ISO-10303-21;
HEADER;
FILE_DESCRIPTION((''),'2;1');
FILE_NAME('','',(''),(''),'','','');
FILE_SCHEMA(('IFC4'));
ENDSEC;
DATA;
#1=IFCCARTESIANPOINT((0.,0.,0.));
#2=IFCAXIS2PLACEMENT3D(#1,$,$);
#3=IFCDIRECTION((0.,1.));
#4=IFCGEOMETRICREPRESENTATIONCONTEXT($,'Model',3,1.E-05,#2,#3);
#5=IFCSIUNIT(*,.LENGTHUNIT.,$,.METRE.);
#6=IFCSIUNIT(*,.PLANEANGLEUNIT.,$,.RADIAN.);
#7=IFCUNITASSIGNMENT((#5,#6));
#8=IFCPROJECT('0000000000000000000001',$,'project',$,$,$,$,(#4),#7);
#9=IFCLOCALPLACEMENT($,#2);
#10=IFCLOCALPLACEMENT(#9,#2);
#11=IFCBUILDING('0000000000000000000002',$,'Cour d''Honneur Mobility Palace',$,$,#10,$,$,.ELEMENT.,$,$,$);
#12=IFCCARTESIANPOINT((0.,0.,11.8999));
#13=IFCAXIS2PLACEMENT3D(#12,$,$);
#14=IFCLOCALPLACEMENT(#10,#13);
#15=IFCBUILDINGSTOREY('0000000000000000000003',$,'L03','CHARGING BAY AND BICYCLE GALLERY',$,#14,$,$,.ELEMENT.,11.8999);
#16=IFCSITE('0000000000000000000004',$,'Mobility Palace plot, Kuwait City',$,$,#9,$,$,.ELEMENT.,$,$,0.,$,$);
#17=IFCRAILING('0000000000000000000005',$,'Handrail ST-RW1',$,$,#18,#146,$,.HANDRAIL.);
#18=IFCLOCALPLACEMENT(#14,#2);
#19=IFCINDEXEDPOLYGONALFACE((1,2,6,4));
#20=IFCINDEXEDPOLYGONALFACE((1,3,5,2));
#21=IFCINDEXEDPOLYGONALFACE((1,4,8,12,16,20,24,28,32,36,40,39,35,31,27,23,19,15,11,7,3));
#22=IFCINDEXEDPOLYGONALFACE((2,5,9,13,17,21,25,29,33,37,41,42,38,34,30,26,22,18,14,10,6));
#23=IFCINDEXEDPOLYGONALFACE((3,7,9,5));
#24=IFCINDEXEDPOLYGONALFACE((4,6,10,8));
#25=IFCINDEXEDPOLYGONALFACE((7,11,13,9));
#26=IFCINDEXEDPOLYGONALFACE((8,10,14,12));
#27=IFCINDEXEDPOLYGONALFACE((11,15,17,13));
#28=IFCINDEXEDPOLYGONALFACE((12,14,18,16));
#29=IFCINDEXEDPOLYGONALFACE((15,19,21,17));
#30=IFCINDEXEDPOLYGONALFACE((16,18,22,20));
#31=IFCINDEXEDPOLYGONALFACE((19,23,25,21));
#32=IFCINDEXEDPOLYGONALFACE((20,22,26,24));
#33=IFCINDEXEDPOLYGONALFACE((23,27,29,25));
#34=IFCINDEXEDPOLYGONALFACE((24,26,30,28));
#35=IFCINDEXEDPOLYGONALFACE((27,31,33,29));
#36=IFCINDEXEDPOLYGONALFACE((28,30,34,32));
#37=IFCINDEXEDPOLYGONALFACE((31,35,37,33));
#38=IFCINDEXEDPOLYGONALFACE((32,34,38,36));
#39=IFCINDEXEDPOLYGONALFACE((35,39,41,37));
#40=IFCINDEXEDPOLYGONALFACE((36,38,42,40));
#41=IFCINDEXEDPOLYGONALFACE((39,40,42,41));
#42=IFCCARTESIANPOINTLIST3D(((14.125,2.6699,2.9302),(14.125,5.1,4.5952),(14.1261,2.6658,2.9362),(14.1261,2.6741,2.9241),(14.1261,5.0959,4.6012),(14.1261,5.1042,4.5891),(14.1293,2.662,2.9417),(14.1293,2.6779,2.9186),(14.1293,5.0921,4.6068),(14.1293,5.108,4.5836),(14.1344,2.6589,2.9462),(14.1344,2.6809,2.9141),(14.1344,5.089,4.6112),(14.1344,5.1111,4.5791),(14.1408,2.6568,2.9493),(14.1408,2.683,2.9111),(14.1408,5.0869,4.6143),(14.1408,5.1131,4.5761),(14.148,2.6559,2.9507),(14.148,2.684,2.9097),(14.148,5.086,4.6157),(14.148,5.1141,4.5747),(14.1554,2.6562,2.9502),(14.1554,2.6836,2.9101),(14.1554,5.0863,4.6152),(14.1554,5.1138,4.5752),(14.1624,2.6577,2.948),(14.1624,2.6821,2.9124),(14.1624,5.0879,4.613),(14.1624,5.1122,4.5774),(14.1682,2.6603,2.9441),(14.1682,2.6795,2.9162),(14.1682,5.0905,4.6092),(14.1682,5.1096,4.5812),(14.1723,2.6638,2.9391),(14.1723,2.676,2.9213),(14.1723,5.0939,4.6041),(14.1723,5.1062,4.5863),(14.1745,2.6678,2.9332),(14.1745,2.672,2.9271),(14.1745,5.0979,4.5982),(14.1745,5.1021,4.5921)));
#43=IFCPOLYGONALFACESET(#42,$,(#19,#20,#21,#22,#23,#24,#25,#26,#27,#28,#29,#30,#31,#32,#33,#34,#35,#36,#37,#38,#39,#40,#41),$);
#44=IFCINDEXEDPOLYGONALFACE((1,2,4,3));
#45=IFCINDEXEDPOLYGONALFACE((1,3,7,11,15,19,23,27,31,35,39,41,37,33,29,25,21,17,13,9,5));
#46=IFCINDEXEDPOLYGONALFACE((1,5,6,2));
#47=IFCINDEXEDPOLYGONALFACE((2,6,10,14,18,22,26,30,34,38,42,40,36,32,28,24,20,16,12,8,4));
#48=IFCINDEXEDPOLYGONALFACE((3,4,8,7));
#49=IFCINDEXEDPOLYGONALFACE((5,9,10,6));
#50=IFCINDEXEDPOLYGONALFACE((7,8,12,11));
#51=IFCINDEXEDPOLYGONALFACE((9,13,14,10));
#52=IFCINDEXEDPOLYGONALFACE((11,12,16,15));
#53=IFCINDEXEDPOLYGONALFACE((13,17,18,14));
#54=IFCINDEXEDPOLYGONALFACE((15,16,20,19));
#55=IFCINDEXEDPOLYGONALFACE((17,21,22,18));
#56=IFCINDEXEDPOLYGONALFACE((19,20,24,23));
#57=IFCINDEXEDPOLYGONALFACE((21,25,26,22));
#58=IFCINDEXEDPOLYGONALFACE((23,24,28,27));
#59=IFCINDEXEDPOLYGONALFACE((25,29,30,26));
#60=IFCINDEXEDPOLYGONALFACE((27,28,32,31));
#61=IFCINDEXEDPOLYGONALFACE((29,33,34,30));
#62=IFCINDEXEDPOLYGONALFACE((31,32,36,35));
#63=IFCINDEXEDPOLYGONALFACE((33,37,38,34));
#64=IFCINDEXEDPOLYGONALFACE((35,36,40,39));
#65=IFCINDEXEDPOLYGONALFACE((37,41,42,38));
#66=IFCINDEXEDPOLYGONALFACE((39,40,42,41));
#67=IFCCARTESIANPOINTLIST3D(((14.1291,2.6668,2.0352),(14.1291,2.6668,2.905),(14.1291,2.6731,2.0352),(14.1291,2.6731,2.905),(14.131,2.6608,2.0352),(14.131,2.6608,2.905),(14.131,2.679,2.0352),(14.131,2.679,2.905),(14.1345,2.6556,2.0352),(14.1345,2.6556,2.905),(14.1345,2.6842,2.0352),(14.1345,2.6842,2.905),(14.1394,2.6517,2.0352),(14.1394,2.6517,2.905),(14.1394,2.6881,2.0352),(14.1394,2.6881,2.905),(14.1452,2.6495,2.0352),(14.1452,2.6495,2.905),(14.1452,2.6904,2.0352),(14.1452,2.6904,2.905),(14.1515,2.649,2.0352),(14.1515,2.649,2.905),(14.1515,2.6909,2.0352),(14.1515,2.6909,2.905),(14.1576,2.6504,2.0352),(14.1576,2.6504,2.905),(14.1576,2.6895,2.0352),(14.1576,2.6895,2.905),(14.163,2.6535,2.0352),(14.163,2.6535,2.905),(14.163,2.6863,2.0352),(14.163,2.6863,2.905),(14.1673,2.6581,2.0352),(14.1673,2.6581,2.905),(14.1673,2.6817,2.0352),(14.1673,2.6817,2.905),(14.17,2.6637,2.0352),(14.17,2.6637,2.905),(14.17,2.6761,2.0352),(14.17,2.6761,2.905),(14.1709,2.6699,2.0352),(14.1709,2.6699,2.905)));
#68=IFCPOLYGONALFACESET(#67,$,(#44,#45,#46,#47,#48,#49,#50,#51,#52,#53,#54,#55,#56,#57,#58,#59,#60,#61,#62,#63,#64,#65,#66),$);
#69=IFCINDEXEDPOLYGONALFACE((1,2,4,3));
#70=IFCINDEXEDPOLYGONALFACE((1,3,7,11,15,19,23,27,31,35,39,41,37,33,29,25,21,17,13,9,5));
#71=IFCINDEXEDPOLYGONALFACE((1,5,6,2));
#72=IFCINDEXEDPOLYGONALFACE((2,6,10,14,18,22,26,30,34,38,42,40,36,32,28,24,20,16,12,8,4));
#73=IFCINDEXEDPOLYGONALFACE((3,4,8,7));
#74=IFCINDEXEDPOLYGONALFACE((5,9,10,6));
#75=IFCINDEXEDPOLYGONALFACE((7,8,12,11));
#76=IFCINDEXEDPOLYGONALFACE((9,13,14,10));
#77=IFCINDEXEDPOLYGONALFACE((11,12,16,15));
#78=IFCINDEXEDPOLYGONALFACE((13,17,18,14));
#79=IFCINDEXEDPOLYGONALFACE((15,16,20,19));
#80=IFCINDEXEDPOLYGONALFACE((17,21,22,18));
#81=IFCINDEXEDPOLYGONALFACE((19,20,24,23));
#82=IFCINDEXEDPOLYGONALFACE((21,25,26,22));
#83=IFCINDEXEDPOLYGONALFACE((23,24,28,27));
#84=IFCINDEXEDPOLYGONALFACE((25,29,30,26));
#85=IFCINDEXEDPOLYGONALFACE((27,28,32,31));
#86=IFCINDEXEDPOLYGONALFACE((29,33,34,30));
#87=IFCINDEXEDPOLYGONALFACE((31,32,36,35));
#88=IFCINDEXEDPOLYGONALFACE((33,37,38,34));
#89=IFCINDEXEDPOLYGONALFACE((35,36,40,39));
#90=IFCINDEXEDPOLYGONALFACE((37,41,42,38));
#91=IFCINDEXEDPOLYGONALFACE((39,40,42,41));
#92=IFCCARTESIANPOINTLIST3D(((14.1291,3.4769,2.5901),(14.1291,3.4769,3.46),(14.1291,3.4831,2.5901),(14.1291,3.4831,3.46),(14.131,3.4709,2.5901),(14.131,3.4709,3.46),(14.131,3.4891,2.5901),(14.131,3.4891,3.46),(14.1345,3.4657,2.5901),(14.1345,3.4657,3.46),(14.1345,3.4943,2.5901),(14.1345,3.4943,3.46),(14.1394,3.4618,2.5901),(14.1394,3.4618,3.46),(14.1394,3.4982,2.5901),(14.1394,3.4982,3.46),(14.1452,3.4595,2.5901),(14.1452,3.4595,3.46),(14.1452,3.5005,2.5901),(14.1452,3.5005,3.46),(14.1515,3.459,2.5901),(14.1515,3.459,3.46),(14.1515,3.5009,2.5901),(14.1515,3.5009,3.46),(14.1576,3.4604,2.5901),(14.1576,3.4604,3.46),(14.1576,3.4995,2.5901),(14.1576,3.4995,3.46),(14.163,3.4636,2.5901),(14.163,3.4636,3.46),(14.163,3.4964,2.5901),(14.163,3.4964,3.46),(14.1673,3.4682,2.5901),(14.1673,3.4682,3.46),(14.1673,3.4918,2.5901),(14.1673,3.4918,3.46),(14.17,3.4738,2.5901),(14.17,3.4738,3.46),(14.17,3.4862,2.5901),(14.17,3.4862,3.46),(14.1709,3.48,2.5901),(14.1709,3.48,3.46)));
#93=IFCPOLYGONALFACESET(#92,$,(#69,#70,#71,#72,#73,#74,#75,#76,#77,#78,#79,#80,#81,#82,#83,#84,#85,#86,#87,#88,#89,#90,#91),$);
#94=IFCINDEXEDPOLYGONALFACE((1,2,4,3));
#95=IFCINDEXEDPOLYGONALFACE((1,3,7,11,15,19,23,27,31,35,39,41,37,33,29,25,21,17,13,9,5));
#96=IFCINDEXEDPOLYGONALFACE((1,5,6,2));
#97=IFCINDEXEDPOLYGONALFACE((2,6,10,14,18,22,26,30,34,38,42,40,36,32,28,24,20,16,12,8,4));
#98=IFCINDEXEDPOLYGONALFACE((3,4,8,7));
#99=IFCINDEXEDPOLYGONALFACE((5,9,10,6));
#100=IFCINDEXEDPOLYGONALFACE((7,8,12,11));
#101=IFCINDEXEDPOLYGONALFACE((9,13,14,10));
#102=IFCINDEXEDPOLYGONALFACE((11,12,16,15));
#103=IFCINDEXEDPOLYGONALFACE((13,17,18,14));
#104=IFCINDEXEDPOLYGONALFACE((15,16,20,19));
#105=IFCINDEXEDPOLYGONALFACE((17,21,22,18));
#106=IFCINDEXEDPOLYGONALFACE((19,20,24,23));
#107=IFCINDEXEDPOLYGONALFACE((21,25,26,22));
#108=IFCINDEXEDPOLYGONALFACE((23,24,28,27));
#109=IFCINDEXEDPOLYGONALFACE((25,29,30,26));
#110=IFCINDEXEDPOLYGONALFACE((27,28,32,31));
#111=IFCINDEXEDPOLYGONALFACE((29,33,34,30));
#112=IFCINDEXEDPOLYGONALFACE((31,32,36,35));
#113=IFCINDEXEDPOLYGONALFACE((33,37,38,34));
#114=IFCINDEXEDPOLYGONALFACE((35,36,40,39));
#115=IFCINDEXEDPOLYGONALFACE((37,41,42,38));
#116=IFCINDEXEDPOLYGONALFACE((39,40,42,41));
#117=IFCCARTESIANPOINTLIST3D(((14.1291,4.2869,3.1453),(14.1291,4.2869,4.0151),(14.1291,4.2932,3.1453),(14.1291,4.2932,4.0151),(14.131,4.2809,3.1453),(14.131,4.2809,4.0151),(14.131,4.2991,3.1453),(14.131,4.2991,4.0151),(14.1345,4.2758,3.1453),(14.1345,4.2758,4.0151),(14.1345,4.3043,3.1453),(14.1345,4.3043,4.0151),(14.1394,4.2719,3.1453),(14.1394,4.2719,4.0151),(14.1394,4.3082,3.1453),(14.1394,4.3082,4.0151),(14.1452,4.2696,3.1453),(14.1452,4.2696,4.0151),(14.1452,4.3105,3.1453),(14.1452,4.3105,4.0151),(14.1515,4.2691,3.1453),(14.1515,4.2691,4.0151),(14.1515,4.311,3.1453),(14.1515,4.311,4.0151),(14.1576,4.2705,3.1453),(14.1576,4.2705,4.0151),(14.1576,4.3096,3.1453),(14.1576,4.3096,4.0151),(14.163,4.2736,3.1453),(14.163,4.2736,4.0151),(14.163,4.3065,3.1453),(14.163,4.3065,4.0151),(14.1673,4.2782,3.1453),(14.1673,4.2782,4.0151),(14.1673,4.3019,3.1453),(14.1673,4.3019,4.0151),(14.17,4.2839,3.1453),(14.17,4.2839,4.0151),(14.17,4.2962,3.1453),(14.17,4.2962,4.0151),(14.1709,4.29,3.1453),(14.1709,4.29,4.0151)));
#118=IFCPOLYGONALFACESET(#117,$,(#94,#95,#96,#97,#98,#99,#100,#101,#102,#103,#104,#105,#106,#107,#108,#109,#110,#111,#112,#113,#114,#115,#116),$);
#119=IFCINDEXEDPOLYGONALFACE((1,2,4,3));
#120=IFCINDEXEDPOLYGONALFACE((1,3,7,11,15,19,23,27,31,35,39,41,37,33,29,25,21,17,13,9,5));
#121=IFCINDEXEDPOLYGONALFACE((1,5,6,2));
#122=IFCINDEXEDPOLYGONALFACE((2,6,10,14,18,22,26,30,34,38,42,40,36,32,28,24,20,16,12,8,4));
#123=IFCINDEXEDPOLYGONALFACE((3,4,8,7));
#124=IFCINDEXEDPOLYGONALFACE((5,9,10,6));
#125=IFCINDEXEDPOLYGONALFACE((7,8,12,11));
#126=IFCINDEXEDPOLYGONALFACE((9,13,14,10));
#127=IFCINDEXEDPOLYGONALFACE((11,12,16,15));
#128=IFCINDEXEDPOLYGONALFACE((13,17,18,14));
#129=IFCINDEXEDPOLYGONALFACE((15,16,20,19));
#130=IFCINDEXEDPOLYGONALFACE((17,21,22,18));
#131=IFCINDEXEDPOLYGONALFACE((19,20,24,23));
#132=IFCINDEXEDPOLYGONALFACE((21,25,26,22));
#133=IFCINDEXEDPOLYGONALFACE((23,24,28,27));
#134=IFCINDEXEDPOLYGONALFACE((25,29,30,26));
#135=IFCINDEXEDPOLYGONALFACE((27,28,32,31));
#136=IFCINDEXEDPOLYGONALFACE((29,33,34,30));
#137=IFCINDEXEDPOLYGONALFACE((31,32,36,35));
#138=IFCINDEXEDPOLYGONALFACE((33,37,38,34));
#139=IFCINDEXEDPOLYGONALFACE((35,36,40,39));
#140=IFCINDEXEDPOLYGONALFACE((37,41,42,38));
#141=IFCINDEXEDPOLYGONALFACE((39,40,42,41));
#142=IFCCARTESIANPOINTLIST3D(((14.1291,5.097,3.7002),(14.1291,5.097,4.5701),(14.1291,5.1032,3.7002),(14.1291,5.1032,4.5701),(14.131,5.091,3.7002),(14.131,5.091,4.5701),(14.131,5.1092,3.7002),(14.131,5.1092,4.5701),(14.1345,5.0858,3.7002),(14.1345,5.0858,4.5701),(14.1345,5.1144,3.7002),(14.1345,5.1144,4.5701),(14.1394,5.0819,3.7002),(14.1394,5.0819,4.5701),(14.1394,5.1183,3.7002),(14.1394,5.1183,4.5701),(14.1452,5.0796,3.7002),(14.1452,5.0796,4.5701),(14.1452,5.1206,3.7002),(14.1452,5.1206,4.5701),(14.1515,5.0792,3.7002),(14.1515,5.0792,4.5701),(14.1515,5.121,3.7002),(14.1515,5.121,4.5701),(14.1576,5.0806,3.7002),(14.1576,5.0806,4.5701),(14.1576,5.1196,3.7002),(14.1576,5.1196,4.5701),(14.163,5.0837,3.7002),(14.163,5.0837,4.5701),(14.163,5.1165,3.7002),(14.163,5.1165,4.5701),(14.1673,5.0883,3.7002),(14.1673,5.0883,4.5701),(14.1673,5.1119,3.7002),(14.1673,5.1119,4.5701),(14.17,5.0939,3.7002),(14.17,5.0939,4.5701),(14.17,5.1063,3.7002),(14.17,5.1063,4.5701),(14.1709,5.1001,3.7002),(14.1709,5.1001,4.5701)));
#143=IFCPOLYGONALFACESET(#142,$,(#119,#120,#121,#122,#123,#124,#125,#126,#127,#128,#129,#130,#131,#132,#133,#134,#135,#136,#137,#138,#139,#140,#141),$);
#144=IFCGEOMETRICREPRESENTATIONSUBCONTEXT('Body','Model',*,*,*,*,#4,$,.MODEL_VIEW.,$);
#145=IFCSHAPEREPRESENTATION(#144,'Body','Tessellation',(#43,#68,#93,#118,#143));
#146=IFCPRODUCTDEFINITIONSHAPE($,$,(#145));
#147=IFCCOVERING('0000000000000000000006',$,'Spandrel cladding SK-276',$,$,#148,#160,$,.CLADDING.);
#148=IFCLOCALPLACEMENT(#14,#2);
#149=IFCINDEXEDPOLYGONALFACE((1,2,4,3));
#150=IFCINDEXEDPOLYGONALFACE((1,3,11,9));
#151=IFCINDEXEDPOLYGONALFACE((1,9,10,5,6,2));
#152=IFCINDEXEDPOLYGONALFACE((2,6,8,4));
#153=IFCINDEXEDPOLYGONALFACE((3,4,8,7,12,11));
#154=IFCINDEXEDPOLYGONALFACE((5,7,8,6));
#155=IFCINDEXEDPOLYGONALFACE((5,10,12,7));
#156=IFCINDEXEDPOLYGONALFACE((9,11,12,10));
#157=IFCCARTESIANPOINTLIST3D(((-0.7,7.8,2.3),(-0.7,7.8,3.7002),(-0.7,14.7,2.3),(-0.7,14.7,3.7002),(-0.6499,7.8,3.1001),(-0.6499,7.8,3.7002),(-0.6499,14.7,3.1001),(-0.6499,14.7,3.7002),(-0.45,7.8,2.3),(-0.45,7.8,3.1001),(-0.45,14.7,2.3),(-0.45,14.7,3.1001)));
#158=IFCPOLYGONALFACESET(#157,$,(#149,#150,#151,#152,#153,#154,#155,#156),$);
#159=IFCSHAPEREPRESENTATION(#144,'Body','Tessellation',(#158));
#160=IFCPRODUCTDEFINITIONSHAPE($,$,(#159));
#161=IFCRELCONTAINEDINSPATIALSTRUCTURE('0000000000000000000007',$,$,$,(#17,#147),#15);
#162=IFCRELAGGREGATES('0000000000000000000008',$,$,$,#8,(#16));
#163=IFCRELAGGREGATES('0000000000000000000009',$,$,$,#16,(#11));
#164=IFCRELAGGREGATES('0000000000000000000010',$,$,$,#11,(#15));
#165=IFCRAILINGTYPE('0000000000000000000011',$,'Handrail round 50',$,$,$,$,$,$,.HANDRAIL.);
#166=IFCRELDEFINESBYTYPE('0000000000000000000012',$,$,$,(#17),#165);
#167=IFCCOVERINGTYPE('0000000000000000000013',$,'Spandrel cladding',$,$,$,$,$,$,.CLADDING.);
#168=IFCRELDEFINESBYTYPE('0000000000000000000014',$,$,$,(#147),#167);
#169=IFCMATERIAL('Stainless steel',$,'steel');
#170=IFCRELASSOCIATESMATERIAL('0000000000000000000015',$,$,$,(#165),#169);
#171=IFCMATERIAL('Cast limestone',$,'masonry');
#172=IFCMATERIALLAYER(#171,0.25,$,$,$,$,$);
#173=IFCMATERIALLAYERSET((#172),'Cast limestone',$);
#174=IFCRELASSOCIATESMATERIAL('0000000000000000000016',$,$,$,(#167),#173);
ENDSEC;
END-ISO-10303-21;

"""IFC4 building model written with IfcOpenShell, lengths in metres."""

from ifc_helpers import new_model, si_unit, direction, frame, origin, origin_2d, place, context, subcontext, project, spatial, polyline, circle, outline, extrude, material, layer, layer_set, type_object, element, save


model = new_model("IFC4")

# Units and contexts
model_context = context("Model", 3, precision=1e-05, world=origin(), true_north=direction((0.0, 1.0)))
body_context = subcontext(model_context, "Body", "Model", "MODEL_VIEW")
ifc_project = project(units=[si_unit("LENGTHUNIT", "METRE"), si_unit("PLANEANGLEUNIT", "RADIAN")], contexts=[model_context])

# Site, building, storey
site_placement = place(None, origin())
site = spatial("IfcSite", under=ifc_project, at=site_placement, Name="Mobility Palace plot, Kuwait City", CompositionType="ELEMENT", RefElevation=0.0)
building_placement = place(site_placement, origin())
building = spatial("IfcBuilding", under=site, at=building_placement, Name="Cour d'Honneur Mobility Palace", CompositionType="ELEMENT")
storey_placement = place(building_placement, frame((0.0, 0.0, 11.8999)))
storey = spatial("IfcBuildingStorey", under=building, at=storey_placement, Name="L03", Description="CHARGING BAY AND BICYCLE GALLERY", CompositionType="ELEMENT", Elevation=11.8999)

# Railing
ifc_material_1 = material(Name="Stainless steel", Category="steel")
railing_type_1 = type_object("IfcRailingType", Name="Handrail round 50", PredefinedType="HANDRAIL", material=ifc_material_1)
for number, where, name in (
    (1, (14.1499, 2.6699, 2.0352), "Handrail ST-RW1"),
):
    element("IfcRailing", number, at=place(storey_placement, frame(where)), inside=storey, type_object=railing_type_1, Name=name, PredefinedType="HANDRAIL", context=body_context, shape_type="SweptSolid", body=[
        extrude(circle(Radius=0.0249, at=origin_2d()), frame((0.0, 0.0, 0.895), z_axis=(0.0, 0.824945, 0.565213), x_axis=(-1.0, 0.0, 0.0)), (0.0, 0.0, 1.0), 2.9458),
        extrude(circle(Radius=0.021, at=origin_2d()), origin(), (0.0, 0.0, 1.0), 0.8699),
        extrude(circle(Radius=0.021, at=origin_2d()), frame((0.0, 0.8101, 0.5549)), (0.0, 0.0, 1.0), 0.8699),
        extrude(circle(Radius=0.021, at=origin_2d()), frame((0.0, 1.6201, 1.1101)), (0.0, 0.0, 1.0), 0.8699),
        extrude(circle(Radius=0.021, at=origin_2d()), frame((0.0, 2.4302, 1.665)), (0.0, 0.0, 1.0), 0.8699),
    ])

# Covering
ifc_material_2 = material(Name="Cast limestone", Category="masonry")
ifc_layer_1 = layer(ifc_material_2, 0.25)
ifc_layer_set_1 = layer_set([ifc_layer_1], Name="Cast limestone")
covering_type = type_object("IfcCoveringType", Name="Spandrel cladding", PredefinedType="CLADDING", material=ifc_layer_set_1)
covering_placement = place(storey_placement, frame((-0.45, 14.7, 2.3), z_axis=(0.0, 1.0, 0.0), x_axis=(-1.0, 0.0, 0.0)))
element("IfcCovering", 2, at=covering_placement, inside=storey, type_object=covering_type, Name="Spandrel cladding SK-276", PredefinedType="CLADDING", context=body_context, shape_type="SweptSolid", body=[
    extrude(outline(polyline([(0.0, 0.0), (0.25, 0.0), (0.25, 1.4001), (0.2, 1.4001), (0.2, 0.8), (0.0, 0.8), (0.0, 0.0)])), origin(), (0.0, 0.0, -1.0), 6.8999),
])

save(model, "model.ifc")
